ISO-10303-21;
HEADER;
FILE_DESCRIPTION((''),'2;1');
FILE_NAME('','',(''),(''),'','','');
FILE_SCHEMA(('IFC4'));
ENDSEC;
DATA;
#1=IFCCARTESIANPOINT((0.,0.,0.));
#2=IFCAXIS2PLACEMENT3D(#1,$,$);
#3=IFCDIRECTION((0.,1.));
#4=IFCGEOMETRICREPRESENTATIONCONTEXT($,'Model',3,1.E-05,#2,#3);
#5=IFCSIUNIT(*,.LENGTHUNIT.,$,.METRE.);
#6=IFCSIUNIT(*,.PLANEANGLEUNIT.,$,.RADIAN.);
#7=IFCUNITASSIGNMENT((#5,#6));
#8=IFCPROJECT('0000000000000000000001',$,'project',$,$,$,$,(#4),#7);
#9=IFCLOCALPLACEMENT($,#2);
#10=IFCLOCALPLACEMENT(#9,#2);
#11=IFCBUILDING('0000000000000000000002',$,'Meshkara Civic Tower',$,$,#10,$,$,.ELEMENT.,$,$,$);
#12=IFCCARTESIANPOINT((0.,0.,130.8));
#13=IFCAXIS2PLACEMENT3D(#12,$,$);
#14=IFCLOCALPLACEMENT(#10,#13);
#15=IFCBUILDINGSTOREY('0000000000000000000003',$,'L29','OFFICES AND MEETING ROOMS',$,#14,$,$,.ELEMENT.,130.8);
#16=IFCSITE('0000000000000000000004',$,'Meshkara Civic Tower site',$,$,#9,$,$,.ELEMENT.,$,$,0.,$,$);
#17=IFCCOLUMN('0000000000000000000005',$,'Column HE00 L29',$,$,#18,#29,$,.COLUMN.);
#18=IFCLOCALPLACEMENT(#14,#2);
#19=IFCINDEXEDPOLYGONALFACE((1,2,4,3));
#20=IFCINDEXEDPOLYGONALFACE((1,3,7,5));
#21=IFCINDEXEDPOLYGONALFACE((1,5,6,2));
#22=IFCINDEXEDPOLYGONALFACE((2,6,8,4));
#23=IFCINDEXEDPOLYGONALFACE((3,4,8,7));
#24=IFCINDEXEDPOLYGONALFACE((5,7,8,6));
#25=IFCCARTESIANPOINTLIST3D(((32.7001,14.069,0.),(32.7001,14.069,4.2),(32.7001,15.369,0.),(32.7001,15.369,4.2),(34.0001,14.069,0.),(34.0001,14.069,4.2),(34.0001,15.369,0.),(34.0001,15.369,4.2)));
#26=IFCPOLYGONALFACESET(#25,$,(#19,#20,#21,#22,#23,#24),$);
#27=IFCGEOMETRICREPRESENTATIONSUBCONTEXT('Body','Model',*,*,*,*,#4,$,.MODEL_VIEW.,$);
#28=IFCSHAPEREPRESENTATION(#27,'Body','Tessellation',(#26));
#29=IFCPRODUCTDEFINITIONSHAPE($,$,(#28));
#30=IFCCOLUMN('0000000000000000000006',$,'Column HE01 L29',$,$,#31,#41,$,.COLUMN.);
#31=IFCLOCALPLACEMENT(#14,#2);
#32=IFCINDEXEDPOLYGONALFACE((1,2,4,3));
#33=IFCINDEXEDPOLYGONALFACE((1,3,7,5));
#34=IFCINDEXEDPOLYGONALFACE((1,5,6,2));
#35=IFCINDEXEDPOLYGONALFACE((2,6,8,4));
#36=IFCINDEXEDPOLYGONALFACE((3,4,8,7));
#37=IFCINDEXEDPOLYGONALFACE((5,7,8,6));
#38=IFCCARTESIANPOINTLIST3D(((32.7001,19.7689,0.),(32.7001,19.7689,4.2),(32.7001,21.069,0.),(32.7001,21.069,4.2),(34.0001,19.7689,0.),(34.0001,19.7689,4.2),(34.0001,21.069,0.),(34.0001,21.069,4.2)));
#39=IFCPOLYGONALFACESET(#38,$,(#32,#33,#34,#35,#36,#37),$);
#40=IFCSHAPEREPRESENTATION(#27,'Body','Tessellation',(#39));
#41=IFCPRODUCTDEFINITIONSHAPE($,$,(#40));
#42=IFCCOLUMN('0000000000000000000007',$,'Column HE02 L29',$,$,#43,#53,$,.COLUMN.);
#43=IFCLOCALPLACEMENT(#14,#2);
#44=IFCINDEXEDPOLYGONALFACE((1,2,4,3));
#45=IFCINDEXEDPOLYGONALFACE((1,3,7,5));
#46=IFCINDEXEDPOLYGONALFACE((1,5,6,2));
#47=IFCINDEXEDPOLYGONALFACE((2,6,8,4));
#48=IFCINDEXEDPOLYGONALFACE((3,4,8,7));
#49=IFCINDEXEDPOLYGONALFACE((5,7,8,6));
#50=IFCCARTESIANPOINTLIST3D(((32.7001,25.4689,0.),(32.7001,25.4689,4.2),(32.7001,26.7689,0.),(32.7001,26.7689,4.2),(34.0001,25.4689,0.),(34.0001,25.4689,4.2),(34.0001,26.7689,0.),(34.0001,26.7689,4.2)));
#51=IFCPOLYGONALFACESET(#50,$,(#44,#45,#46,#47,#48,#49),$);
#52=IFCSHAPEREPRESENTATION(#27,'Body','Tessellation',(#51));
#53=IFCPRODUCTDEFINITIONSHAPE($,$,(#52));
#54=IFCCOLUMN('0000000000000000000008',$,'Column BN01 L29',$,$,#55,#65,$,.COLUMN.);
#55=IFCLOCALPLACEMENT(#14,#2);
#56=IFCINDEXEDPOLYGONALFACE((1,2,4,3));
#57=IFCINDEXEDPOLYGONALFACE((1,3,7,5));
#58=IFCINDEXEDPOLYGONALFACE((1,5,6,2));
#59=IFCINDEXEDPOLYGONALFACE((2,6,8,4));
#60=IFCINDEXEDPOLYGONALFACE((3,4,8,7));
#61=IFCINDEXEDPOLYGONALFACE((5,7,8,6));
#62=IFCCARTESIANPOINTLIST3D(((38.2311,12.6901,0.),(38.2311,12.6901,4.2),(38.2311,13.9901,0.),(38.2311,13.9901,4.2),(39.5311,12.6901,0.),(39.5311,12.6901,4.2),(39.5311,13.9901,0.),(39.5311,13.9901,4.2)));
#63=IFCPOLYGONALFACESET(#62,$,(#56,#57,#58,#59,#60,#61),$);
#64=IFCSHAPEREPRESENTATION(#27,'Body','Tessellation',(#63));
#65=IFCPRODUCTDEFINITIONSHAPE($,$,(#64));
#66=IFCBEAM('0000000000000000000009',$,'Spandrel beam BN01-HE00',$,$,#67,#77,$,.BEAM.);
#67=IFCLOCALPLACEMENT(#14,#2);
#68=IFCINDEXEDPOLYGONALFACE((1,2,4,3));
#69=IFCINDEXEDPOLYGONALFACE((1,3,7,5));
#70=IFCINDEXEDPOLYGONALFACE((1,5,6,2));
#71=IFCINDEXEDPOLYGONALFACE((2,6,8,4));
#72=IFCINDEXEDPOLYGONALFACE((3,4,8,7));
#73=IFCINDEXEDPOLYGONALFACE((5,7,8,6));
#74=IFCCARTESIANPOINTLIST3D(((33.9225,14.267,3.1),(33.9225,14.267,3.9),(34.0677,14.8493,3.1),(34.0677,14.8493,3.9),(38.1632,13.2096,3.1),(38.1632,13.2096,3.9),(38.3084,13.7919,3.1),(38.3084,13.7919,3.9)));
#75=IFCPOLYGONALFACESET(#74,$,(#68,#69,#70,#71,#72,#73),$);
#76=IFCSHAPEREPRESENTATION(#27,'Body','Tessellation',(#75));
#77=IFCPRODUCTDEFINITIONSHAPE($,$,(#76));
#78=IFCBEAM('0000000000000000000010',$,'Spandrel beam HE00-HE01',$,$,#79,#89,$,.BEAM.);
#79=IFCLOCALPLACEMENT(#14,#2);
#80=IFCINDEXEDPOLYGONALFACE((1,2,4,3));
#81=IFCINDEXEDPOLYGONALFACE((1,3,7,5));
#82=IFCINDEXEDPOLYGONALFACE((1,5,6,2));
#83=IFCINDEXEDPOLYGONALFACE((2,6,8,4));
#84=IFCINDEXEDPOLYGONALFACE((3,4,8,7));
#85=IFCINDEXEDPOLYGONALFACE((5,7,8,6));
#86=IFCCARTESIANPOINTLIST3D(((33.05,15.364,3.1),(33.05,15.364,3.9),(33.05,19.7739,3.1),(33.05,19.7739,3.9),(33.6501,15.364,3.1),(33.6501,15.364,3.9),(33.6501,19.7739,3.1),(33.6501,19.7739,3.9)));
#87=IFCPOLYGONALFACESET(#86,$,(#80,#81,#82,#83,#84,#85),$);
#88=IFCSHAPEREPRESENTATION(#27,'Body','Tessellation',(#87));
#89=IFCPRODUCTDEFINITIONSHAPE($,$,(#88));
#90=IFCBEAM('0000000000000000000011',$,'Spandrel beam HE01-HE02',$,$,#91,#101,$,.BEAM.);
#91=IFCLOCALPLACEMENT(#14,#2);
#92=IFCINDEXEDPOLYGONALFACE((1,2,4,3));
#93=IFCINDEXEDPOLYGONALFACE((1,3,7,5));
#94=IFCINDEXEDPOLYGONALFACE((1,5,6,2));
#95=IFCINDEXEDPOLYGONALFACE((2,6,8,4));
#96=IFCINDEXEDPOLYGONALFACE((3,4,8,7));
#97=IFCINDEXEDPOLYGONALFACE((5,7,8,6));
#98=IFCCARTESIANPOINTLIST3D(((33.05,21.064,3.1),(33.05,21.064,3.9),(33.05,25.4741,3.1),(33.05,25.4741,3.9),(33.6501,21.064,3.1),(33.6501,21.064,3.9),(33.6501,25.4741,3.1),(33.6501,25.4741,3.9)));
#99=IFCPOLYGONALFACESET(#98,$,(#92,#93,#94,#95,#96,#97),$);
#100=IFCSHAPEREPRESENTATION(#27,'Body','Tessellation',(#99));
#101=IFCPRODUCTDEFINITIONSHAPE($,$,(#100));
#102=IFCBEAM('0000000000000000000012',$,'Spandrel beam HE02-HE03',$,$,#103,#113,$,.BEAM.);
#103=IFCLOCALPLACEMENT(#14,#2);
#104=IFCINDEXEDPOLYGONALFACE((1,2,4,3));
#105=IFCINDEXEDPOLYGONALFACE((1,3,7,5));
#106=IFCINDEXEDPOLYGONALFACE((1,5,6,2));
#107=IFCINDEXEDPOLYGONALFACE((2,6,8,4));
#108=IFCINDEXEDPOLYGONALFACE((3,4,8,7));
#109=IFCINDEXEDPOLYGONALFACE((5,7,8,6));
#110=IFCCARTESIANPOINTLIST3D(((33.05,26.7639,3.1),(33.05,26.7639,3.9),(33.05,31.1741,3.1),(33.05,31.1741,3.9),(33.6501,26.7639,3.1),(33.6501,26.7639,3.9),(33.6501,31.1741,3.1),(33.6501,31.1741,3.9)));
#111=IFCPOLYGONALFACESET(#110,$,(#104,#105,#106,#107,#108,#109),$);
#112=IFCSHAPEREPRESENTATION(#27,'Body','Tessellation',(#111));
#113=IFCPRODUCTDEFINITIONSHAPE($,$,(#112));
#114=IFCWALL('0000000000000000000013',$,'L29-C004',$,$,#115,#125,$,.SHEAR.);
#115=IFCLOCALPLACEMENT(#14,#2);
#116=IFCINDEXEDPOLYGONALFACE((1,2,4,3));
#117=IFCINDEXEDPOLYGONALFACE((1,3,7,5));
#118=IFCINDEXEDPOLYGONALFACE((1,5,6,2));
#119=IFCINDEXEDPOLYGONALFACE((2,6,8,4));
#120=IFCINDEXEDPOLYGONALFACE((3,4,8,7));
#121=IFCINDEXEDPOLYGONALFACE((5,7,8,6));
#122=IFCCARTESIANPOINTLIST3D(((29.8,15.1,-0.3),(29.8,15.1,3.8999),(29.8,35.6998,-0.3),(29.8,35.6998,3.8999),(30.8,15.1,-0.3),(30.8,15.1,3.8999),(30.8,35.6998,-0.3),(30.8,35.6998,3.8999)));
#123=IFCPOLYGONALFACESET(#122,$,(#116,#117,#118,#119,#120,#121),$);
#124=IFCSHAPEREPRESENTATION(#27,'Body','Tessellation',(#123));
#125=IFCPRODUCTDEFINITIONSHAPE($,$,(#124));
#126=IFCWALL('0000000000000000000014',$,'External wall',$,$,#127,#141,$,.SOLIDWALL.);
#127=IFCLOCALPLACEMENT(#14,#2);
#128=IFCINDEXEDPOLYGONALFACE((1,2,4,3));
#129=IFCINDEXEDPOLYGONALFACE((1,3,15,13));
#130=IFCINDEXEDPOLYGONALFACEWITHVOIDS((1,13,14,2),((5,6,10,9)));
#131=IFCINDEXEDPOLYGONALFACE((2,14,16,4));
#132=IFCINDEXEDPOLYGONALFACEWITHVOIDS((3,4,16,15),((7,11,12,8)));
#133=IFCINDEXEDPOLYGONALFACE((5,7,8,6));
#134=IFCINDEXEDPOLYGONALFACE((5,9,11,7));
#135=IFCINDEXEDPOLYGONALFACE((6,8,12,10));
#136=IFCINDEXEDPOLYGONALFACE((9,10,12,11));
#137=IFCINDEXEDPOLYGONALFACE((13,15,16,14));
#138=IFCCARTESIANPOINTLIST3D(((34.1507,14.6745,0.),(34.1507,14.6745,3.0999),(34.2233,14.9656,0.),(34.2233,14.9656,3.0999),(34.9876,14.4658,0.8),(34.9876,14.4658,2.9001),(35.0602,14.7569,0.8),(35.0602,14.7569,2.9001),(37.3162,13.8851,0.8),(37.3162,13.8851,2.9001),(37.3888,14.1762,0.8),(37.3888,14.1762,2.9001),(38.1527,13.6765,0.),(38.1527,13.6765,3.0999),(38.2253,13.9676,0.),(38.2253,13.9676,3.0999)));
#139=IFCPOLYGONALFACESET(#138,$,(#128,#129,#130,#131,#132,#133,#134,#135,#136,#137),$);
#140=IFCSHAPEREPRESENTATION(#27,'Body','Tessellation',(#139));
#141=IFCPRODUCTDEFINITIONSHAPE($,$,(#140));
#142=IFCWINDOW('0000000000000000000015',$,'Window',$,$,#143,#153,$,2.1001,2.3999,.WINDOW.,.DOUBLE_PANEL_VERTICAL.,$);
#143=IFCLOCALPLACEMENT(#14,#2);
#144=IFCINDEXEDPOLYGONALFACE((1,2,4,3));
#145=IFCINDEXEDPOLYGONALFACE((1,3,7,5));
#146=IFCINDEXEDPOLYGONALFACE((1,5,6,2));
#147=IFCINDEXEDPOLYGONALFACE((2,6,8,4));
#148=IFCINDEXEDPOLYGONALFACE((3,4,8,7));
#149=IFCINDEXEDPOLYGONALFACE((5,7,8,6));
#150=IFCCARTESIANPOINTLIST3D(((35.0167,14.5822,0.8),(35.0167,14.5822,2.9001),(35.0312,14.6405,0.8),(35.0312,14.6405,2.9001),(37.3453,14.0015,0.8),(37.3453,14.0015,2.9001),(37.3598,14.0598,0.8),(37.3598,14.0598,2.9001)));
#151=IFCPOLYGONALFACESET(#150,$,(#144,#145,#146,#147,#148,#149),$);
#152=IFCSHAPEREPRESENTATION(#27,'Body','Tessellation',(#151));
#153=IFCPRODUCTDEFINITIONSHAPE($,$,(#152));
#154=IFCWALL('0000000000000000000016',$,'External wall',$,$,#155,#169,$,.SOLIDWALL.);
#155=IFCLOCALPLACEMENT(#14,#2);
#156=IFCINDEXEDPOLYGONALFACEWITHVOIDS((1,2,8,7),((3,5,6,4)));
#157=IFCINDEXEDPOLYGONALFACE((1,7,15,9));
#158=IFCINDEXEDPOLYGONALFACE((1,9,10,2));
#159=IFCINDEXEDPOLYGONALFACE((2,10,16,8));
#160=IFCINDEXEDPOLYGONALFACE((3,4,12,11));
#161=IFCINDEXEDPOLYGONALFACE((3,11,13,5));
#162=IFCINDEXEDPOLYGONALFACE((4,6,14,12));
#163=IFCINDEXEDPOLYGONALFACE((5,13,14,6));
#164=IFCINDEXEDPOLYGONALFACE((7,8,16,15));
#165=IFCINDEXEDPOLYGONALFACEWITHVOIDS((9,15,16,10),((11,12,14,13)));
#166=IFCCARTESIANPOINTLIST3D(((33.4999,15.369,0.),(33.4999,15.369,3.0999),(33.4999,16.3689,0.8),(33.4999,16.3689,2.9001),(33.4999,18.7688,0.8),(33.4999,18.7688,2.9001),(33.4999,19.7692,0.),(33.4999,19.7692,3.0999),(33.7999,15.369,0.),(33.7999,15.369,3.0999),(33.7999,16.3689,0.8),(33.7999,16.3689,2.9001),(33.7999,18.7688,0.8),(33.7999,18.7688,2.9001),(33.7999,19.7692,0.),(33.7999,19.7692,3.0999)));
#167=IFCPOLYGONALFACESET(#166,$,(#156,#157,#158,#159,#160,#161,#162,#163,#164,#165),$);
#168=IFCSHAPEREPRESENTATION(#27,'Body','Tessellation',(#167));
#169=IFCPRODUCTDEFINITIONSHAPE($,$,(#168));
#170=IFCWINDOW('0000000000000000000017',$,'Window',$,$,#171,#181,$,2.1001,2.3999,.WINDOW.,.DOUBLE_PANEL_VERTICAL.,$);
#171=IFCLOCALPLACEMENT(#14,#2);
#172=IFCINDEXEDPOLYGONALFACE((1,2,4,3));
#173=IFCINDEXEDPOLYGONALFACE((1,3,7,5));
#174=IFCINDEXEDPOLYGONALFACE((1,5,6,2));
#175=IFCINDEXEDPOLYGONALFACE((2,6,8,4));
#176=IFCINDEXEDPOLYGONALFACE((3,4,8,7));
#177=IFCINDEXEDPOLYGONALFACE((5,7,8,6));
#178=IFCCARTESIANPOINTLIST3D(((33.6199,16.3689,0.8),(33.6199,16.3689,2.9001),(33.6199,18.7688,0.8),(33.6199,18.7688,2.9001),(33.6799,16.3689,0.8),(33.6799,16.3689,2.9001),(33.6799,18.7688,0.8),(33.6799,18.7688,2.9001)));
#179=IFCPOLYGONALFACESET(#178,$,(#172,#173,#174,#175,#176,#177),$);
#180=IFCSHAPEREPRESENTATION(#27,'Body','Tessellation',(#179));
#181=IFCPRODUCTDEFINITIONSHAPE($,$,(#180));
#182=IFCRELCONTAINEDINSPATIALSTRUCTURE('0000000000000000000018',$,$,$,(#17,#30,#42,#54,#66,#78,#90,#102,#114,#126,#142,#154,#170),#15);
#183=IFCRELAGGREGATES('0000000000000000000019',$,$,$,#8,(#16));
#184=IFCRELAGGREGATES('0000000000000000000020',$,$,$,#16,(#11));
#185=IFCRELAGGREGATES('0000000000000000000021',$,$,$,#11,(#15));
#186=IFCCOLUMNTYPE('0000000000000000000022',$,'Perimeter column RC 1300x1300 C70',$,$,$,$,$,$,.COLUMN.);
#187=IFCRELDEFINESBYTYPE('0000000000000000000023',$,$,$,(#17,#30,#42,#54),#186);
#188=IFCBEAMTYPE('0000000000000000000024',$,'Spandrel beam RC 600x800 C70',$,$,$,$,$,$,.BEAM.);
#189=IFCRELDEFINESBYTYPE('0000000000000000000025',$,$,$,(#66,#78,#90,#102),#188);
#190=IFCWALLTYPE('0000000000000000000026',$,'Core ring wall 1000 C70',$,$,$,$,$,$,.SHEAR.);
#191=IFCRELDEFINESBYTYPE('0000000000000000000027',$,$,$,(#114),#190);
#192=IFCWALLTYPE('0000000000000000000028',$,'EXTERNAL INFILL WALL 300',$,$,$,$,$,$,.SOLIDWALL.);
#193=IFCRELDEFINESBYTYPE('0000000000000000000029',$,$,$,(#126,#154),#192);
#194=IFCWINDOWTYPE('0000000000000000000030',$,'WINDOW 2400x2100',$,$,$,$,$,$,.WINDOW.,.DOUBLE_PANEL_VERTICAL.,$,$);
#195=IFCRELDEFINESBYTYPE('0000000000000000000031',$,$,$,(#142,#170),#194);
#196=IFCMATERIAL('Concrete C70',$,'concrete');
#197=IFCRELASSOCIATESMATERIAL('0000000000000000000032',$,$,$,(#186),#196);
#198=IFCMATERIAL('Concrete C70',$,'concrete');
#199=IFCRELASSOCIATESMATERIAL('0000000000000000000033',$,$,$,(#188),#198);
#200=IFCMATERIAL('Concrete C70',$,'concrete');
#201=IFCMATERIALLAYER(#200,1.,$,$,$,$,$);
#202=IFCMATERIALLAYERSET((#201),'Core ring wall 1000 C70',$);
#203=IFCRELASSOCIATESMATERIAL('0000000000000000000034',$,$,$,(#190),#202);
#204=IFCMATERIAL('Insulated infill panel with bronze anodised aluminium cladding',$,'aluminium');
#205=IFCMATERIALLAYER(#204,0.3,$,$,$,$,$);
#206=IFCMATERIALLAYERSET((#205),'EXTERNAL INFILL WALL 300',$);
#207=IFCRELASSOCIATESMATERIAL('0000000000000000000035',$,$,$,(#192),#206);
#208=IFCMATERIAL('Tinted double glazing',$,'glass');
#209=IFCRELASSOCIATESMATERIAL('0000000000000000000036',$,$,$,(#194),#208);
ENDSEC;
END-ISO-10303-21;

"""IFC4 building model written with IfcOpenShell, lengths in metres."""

from ifc_helpers import new_model, si_unit, direction, frame, frame_2d, origin, origin_2d, place, context, subcontext, project, spatial, rectangle, extrude, material, layer, layer_set, material_profile, profile_set, type_object, element, fill, save


model = new_model("IFC4")

# Units and contexts
model_context = context("Model", 3, precision=1e-05, world=origin(), true_north=direction((0.0, 1.0)))
body_context = subcontext(model_context, "Body", "Model", "MODEL_VIEW")
ifc_project = project(units=[si_unit("LENGTHUNIT", "METRE"), si_unit("PLANEANGLEUNIT", "RADIAN")], contexts=[model_context])

# Site, building, storey
site_placement = place(None, origin())
site = spatial("IfcSite", under=ifc_project, at=site_placement, Name="Meshkara Civic Tower site", CompositionType="ELEMENT", RefElevation=0.0)
building_placement = place(site_placement, origin())
building = spatial("IfcBuilding", under=site, at=building_placement, Name="Meshkara Civic Tower", CompositionType="ELEMENT")
storey_placement = place(building_placement, frame((0.0, 0.0, 130.8)))
storey = spatial("IfcBuildingStorey", under=building, at=storey_placement, Name="L29", Description="OFFICES AND MEETING ROOMS", CompositionType="ELEMENT", Elevation=130.8)

# Columns
ifc_material_1 = material(Name="Concrete C70", Category="concrete")
ifc_material_profile_1 = material_profile(ifc_material_1, rectangle(XDim=1.3, YDim=1.3, at=origin_2d()))
ifc_profile_set_1 = profile_set([ifc_material_profile_1], Name="Concrete C70")
column_type = type_object("IfcColumnType", Name="Perimeter column RC 1300x1300 C70", PredefinedType="COLUMN", material=ifc_profile_set_1)
for number, where, z_axis, x_axis, name in (
    (1, (33.3501, 14.719, 0.0), (0.0, 0.0, 1.0), (1.0, 0.0, 0.0), "Column HE00 L29"),
    (2, (33.3501, 20.4189, 0.0), (0.0, 0.0, 1.0), (1.0, 0.0, 0.0), "Column HE01 L29"),
    (3, (33.3501, 26.1189, 0.0), (0.0, 0.0, 1.0), (1.0, 0.0, 0.0), "Column HE02 L29"),
    (4, (38.8811, 13.3401, 0.0), (0.0, 0.0, 1.0), (1.0, 0.0, 0.0), "Column BN01 L29"),
):
    element("IfcColumn", number, at=place(storey_placement, frame(where, z_axis=z_axis, x_axis=x_axis)), inside=storey, type_object=column_type, Name=name, PredefinedType="COLUMN", context=body_context, shape_type="SweptSolid", body=[
        extrude(rectangle(XDim=1.3, YDim=1.3, at=origin_2d()), origin(), (0.0, 0.0, 1.0), 4.2),
    ])

# Beams
ifc_material_2 = material(Name="Concrete C70", Category="concrete")
ifc_material_profile_2 = material_profile(ifc_material_2, rectangle(XDim=0.6001, YDim=0.8, at=origin_2d()))
ifc_profile_set_2 = profile_set([ifc_material_profile_2], Name="Concrete C70")
beam_type = type_object("IfcBeamType", Name="Spandrel beam RC 600x800 C70", PredefinedType="BEAM", material=ifc_profile_set_2)
beam_1_placement = place(storey_placement, frame((38.2358, 13.5007, 3.5), z_axis=(-0.970293, 0.241931, 0.0), x_axis=(-0.241931, -0.970293, 0.0)))
element("IfcBeam", 5, at=beam_1_placement, inside=storey, type_object=beam_type, Name="Spandrel beam BN01-HE00", PredefinedType="BEAM", context=body_context, shape_type="SweptSolid", body=[
    extrude(rectangle(XDim=0.6001, YDim=0.8, at=origin_2d()), origin(), (0.0, 0.0, 1.0), 4.3706),
])
beam_2_placement = place(storey_placement, frame((33.3501, 15.364, 3.5), z_axis=(0.0, 1.0, 0.0), x_axis=(-1.0, 0.0, 0.0)))
element("IfcBeam", 6, at=beam_2_placement, inside=storey, type_object=beam_type, Name="Spandrel beam HE00-HE01", PredefinedType="BEAM", context=body_context, shape_type="SweptSolid", body=[
    extrude(rectangle(XDim=0.6001, YDim=0.8, at=origin_2d()), origin(), (0.0, 0.0, 1.0), 4.4099),
])
for number, where, z_axis, x_axis, name in (
    (7, (33.3501, 21.064, 3.5), (0.0, 1.0, 0.0), (-1.0, 0.0, 0.0), "Spandrel beam HE01-HE02"),
    (8, (33.3501, 26.7639, 3.5), (0.0, 1.0, 0.0), (-1.0, 0.0, 0.0), "Spandrel beam HE02-HE03"),
):
    element("IfcBeam", number, at=place(storey_placement, frame(where, z_axis=z_axis, x_axis=x_axis)), inside=storey, type_object=beam_type, Name=name, PredefinedType="BEAM", context=body_context, shape_type="SweptSolid", body=[
        extrude(rectangle(XDim=0.6001, YDim=0.8, at=origin_2d()), origin(), (0.0, 0.0, 1.0), 4.4102),
    ])

# Wall
ifc_material_3 = material(Name="Concrete C70", Category="concrete")
ifc_layer_1 = layer(ifc_material_3, 1.0)
ifc_layer_set_1 = layer_set([ifc_layer_1], Name="Core ring wall 1000 C70")
wall_type_1 = type_object("IfcWallType", Name="Core ring wall 1000 C70", PredefinedType="SHEAR", material=ifc_layer_set_1)
wall_1_placement = place(storey_placement, frame((30.3, 15.1001, -0.3), z_axis=(0.0, 0.0, 1.0), x_axis=(0.0, 1.0, 0.0)))
element("IfcWall", 9, at=wall_1_placement, inside=storey, type_object=wall_type_1, Name="L29-C004", PredefinedType="SHEAR", context=body_context, shape_type="SweptSolid", body=[
    extrude(rectangle(XDim=20.5999, YDim=1.0, at=frame_2d((10.2998, 0.0))), origin(), (0.0, 0.0, 1.0), 4.2),
])

# Walls, openings, windows
ifc_material_4 = material(Name="Insulated infill panel with bronze anodised aluminium cladding", Category="aluminium")
ifc_layer_2 = layer(ifc_material_4, 0.3)
ifc_layer_set_2 = layer_set([ifc_layer_2], Name="EXTERNAL INFILL WALL 300")
wall_type_2 = type_object("IfcWallType", Name="EXTERNAL INFILL WALL 300", PredefinedType="SOLIDWALL", material=ifc_layer_set_2)
wall_2_placement = place(storey_placement, frame((38.189, 13.822, 0.0), z_axis=(0.0, 0.0, 1.0), x_axis=(-0.970282, 0.241978, 0.0)))
wall_2 = element("IfcWall", 10, at=wall_2_placement, inside=storey, type_object=wall_type_2, Name="External wall", PredefinedType="SOLIDWALL", context=body_context, shape_type="SweptSolid", body=[
    extrude(rectangle(XDim=4.1245, YDim=0.3, at=frame_2d((2.0623, 0.0))), origin(), (0.0, 0.0, 1.0), 3.0999),
])
opening_1_placement = place(wall_2_placement, frame((0.8621, 0.0, 0.8)))
opening_1 = element("IfcOpeningElement", 11, at=opening_1_placement, cuts=wall_2, PredefinedType="OPENING", context=body_context, shape_type="SweptSolid", body=[
    extrude(rectangle(XDim=2.3999, YDim=2.1001, at=frame_2d((1.2, 1.05))), frame((0.0, 0.1599, 0.0), z_axis=(0.0, -1.0, 0.0), x_axis=(1.0, 0.0, 0.0)), (0.0, 0.0, 1.0), 0.3201),
])
ifc_material_5 = material(Name="Tinted double glazing", Category="glass")
window_type = type_object("IfcWindowType", Name="WINDOW 2400x2100", PartitioningType="DOUBLE_PANEL_VERTICAL", PredefinedType="WINDOW", material=ifc_material_5)
window_1_placement = place(opening_1_placement, origin())
window_1 = element("IfcWindow", 12, at=window_1_placement, inside=storey, type_object=window_type, Name="Window", OverallHeight=2.1001, OverallWidth=2.3999, PartitioningType="DOUBLE_PANEL_VERTICAL", PredefinedType="WINDOW", context=body_context, shape_type="SweptSolid", body=[
    extrude(rectangle(XDim=2.3999, YDim=2.1001, at=frame_2d((1.2, 1.05))), frame((0.0, 0.03, 0.0), z_axis=(0.0, -1.0, 0.0), x_axis=(1.0, 0.0, 0.0)), (0.0, 0.0, 1.0), 0.0601),
])
fill(opening_1, window_1)
wall_3_placement = place(storey_placement, frame((33.6499, 15.3689, 0.0), z_axis=(0.0, 0.0, 1.0), x_axis=(0.0, 1.0, 0.0)))
wall_3 = element("IfcWall", 13, at=wall_3_placement, inside=storey, type_object=wall_type_2, Name="External wall", PredefinedType="SOLIDWALL", context=body_context, shape_type="SweptSolid", body=[
    extrude(rectangle(XDim=4.4001, YDim=0.3, at=frame_2d((2.2002, 0.0))), origin(), (0.0, 0.0, 1.0), 3.0999),
])
opening_2_placement = place(wall_3_placement, frame((1.0, 0.0, 0.8)))
opening_2 = element("IfcOpeningElement", 14, at=opening_2_placement, cuts=wall_3, PredefinedType="OPENING", context=body_context, shape_type="SweptSolid", body=[
    extrude(rectangle(XDim=2.3999, YDim=2.1001, at=frame_2d((1.2, 1.05))), frame((0.0, 0.1599, 0.0), z_axis=(0.0, -1.0, 0.0), x_axis=(1.0, 0.0, 0.0)), (0.0, 0.0, 1.0), 0.3201),
])
window_2_placement = place(opening_2_placement, origin())
window_2 = element("IfcWindow", 15, at=window_2_placement, inside=storey, type_object=window_type, Name="Window", OverallHeight=2.1001, OverallWidth=2.3999, PartitioningType="DOUBLE_PANEL_VERTICAL", PredefinedType="WINDOW", context=body_context, shape_type="SweptSolid", body=[
    extrude(rectangle(XDim=2.3999, YDim=2.1001, at=frame_2d((1.2, 1.05))), frame((0.0, 0.03, 0.0), z_axis=(0.0, -1.0, 0.0), x_axis=(1.0, 0.0, 0.0)), (0.0, 0.0, 1.0), 0.0601),
])
fill(opening_2, window_2)

save(model, "model.ifc")
